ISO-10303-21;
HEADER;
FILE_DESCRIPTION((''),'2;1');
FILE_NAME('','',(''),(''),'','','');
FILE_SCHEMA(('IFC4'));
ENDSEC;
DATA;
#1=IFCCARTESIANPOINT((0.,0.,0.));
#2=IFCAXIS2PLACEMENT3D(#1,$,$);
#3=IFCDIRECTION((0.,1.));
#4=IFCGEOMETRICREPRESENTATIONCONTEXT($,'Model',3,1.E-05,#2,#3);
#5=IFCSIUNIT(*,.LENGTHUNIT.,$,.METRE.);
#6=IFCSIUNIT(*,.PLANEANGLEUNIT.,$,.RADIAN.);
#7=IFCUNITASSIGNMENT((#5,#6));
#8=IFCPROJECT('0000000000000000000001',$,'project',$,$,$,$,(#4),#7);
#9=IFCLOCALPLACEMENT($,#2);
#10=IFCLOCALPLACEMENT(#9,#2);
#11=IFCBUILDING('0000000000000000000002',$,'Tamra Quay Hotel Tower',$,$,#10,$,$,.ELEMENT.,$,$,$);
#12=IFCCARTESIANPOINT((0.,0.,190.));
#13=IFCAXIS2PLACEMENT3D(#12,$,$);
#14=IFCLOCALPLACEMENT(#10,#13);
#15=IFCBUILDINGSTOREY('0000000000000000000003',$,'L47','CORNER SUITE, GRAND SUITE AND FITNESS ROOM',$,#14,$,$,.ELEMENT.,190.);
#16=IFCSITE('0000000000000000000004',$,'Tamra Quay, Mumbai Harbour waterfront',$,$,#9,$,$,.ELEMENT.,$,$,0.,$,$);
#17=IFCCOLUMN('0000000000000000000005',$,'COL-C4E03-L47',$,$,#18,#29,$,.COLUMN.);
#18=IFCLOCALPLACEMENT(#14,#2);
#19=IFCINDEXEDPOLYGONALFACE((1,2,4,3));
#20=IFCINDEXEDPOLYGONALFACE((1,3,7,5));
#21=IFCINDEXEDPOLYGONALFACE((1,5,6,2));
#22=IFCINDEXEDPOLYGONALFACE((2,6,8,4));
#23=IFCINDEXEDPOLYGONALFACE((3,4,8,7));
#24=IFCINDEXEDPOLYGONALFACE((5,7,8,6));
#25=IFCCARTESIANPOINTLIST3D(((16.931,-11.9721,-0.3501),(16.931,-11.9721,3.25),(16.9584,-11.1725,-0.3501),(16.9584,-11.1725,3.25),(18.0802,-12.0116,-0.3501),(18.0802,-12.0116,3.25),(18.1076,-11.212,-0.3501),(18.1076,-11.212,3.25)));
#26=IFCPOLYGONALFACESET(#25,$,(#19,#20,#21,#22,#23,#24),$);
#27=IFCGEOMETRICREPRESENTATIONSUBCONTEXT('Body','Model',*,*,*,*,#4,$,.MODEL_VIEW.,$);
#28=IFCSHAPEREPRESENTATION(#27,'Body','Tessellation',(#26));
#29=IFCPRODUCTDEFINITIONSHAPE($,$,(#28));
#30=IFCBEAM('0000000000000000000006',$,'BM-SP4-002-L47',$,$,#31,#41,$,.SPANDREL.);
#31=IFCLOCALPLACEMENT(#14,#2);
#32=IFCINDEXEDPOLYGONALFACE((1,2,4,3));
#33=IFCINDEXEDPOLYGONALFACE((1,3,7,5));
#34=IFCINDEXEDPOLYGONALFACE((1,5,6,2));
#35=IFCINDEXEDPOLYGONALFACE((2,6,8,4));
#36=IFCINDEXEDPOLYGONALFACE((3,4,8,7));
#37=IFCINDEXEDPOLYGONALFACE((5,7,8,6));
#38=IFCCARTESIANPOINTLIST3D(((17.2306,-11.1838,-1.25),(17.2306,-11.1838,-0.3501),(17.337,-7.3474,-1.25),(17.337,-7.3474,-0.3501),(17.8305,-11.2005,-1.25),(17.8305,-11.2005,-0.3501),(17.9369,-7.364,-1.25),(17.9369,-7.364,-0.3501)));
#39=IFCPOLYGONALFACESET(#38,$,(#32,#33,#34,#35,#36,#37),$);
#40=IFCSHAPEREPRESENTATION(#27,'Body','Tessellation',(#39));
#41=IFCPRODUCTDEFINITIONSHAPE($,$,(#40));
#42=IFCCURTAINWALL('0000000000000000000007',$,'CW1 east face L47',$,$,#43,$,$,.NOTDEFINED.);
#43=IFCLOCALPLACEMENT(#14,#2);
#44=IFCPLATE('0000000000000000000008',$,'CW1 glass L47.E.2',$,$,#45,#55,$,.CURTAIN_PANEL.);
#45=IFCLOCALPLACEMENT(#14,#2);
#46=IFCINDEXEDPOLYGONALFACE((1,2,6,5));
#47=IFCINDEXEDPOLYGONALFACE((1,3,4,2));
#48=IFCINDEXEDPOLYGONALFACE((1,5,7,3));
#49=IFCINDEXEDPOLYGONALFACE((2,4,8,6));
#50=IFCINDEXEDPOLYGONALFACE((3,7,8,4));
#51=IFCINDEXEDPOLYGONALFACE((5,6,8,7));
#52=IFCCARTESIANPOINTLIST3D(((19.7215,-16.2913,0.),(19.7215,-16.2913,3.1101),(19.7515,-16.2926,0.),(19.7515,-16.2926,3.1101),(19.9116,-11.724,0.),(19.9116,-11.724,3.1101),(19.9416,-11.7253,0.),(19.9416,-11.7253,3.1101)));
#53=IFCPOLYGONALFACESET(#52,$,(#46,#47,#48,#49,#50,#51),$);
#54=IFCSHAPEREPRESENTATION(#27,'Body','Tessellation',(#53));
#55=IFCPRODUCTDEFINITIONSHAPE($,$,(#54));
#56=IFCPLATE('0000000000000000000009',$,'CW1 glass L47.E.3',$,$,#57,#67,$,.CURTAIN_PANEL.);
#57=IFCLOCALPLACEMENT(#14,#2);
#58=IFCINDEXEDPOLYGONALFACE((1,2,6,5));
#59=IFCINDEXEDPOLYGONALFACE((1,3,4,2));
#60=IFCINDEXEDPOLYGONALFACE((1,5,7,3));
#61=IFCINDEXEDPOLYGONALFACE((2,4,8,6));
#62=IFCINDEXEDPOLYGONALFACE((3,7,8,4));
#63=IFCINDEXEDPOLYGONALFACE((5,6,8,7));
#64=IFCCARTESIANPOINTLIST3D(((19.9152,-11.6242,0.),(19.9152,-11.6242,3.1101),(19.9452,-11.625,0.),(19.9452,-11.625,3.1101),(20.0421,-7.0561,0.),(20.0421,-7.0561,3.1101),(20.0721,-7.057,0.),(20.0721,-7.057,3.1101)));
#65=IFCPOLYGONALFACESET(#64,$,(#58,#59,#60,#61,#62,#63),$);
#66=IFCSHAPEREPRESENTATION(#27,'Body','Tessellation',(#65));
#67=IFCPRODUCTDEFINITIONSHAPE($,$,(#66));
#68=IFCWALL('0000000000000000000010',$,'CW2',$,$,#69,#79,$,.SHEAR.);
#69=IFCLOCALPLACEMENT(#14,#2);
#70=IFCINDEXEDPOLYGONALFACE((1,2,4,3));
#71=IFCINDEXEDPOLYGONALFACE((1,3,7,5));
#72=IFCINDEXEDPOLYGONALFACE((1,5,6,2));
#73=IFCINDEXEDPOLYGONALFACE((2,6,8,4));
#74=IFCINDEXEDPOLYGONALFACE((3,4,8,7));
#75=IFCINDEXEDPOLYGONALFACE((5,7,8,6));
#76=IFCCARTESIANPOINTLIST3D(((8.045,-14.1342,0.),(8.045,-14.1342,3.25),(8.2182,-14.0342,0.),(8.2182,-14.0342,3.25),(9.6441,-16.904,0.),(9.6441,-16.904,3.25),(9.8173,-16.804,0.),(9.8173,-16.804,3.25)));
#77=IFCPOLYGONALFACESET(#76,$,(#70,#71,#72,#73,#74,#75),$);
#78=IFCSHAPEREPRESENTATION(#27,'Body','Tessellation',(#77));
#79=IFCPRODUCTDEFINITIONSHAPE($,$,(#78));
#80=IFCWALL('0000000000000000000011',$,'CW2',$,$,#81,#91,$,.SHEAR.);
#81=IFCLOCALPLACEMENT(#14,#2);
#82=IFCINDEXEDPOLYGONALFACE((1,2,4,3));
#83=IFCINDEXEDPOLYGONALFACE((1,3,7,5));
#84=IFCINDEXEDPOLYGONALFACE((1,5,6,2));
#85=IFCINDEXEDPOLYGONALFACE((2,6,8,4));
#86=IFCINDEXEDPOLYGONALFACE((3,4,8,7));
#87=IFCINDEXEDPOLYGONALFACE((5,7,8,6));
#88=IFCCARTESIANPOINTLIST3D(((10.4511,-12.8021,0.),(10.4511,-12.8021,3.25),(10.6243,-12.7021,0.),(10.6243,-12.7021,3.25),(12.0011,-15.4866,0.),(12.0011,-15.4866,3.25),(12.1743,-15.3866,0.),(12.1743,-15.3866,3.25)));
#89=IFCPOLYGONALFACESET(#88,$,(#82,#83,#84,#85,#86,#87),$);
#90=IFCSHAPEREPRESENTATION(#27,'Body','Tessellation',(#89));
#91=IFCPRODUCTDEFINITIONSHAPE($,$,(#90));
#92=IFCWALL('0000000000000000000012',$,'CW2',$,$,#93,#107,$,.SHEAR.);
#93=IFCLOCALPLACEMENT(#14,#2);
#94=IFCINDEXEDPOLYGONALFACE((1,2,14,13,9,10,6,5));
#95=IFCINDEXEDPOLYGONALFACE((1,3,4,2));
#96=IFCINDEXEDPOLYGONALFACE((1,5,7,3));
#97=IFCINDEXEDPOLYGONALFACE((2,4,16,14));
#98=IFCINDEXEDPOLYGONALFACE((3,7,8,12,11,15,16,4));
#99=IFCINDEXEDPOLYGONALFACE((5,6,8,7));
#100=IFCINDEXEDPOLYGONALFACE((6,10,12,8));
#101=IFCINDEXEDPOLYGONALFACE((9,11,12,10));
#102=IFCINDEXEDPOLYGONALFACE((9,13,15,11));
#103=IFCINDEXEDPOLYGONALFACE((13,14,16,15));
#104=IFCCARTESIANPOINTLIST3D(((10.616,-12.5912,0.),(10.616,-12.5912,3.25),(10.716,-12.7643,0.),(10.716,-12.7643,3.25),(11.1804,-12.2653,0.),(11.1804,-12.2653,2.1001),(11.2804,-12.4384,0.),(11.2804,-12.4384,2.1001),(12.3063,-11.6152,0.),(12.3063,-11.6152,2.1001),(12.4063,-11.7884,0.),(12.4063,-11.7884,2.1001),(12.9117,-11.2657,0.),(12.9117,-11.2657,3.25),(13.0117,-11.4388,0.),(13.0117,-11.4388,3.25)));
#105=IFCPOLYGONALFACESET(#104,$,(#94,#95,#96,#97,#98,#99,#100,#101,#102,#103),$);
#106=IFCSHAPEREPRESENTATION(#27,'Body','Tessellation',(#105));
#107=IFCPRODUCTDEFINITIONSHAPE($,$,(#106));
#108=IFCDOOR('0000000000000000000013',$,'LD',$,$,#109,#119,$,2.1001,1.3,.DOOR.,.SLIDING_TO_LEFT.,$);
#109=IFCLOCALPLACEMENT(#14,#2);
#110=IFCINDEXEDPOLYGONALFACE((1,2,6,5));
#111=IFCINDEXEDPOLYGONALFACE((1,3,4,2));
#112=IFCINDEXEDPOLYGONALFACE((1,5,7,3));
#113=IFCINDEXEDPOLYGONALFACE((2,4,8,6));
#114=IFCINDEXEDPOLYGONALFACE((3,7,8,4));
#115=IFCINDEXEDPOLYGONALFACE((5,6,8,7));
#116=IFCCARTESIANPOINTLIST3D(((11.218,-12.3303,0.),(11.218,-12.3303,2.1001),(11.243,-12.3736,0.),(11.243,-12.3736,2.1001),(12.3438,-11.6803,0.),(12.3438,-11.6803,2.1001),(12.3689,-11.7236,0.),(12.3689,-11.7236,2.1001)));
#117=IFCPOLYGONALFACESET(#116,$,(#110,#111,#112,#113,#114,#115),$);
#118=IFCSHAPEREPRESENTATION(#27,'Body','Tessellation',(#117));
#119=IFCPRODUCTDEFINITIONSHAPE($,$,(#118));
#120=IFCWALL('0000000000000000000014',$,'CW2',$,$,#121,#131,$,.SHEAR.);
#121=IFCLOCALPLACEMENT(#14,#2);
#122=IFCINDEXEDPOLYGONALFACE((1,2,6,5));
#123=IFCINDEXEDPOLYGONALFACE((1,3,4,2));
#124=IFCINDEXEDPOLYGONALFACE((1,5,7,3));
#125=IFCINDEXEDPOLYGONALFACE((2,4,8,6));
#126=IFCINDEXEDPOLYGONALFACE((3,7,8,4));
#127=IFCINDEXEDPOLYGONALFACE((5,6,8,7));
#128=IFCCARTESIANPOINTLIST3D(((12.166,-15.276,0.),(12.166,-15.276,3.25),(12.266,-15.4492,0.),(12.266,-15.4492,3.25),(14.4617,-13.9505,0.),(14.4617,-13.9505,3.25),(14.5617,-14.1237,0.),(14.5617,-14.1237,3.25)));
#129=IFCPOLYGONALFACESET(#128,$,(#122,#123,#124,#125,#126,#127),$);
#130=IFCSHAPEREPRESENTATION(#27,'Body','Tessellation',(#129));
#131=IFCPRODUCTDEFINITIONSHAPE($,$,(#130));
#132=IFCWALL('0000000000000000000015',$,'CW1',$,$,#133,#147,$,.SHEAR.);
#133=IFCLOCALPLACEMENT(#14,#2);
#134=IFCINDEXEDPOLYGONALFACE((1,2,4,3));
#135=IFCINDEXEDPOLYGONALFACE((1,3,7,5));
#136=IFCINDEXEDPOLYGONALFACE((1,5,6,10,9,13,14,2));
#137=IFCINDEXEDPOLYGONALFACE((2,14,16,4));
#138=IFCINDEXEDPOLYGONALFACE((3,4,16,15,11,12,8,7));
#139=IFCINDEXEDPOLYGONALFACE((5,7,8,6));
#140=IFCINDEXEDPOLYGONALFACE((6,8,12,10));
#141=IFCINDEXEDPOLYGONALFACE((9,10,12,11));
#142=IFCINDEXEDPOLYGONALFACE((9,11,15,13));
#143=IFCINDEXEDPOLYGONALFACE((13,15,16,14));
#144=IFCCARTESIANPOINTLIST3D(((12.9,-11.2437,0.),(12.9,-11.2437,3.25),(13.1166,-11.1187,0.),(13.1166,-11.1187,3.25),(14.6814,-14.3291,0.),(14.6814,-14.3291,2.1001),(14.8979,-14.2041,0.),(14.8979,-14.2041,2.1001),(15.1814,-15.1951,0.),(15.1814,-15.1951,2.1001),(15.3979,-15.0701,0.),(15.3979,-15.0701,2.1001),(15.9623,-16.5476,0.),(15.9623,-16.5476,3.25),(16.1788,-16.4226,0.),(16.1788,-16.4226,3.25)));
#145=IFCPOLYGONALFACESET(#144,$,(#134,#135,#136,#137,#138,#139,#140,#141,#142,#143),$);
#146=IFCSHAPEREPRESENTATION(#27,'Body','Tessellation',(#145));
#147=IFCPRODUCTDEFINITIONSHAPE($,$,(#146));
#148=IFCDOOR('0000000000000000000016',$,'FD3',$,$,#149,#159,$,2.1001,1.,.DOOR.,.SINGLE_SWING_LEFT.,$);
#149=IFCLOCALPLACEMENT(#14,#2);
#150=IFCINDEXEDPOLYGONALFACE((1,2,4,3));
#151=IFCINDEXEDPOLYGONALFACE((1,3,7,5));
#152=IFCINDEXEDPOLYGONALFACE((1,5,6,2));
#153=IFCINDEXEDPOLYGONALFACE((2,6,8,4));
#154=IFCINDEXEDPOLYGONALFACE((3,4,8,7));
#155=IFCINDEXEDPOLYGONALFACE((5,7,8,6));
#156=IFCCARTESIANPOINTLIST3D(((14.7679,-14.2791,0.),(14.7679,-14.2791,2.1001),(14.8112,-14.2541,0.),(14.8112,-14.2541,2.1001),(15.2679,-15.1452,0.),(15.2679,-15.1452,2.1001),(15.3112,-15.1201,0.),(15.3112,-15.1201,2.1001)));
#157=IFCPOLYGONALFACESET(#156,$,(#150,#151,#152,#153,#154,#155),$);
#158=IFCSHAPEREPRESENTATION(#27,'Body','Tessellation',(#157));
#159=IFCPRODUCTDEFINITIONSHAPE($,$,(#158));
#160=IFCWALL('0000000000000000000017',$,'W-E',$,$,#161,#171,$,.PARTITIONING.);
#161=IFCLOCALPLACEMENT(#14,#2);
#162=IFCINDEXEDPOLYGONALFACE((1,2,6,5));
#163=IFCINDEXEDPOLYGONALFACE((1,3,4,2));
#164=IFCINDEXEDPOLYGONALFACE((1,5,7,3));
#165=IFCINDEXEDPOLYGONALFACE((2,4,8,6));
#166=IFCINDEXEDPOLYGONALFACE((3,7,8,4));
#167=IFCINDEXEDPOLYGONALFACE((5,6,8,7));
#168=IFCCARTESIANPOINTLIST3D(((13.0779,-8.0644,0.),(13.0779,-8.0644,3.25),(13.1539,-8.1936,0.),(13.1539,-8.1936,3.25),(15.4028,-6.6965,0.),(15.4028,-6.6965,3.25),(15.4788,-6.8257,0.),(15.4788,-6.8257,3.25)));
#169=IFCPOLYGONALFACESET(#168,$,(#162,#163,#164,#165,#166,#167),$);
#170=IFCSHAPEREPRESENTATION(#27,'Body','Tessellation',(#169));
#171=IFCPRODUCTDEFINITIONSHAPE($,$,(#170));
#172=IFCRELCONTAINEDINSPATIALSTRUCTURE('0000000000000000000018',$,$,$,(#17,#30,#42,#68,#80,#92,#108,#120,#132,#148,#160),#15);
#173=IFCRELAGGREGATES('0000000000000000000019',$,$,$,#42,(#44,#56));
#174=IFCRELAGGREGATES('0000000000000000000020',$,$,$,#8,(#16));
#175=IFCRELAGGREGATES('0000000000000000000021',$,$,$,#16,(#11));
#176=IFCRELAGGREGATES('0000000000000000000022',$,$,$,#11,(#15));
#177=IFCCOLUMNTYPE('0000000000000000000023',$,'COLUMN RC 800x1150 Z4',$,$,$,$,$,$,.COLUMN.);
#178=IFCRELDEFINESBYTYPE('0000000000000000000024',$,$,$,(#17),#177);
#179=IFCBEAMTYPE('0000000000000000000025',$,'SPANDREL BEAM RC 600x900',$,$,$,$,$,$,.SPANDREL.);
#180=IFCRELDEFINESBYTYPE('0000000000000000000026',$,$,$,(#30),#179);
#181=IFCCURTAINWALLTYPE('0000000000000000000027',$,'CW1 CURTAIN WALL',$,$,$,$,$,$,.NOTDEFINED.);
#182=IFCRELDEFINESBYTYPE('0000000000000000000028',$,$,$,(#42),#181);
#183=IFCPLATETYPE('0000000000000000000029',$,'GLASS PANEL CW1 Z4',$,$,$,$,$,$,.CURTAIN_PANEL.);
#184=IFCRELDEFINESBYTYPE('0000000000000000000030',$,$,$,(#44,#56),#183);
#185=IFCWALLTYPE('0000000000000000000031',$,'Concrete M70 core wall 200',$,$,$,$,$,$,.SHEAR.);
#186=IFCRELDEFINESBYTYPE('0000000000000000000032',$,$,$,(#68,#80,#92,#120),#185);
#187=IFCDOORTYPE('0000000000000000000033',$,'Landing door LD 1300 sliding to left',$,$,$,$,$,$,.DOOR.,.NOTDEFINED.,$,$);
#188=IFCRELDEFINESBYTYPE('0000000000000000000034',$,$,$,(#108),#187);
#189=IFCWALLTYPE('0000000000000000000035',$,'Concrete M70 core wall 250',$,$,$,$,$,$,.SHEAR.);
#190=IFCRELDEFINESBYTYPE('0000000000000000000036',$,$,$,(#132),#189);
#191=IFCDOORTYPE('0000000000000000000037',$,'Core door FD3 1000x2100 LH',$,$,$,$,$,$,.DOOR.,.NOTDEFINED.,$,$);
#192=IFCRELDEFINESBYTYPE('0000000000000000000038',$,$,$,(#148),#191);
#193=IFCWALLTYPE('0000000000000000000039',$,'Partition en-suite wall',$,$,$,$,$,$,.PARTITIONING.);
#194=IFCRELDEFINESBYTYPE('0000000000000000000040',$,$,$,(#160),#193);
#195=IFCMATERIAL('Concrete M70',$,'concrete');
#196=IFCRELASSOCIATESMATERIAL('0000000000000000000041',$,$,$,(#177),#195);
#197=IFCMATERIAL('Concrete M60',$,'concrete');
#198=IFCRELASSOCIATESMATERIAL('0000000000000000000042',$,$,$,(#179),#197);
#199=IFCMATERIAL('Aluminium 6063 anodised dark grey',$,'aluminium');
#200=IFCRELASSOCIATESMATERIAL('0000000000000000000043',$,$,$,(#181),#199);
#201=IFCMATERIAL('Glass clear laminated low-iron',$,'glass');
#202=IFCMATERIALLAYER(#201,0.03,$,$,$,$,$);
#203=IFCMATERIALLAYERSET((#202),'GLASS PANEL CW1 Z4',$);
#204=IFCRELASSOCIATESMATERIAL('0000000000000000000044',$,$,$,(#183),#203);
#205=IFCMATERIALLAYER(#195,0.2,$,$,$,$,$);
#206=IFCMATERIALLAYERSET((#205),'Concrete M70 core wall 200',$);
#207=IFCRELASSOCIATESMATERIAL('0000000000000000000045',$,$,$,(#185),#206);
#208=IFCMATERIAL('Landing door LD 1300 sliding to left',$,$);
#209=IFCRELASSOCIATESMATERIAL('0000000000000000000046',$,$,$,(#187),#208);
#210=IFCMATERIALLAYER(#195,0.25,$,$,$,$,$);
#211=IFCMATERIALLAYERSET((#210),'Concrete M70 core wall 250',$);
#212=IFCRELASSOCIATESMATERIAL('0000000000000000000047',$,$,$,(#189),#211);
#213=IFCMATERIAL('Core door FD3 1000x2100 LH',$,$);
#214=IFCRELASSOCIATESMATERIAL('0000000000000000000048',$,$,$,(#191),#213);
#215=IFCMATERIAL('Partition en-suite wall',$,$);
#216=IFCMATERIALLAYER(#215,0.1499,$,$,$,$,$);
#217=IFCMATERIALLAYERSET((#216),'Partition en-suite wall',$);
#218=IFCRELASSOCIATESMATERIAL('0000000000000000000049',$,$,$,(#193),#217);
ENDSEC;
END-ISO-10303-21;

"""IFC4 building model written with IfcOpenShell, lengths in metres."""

from ifc_helpers import new_model, si_unit, direction, frame, frame_2d, origin, origin_2d, place, context, subcontext, project, spatial, rectangle, extrude, material, layer, layer_set, material_profile, profile_set, type_object, element, fill, aggregate, save


model = new_model("IFC4")

# Units and contexts
model_context = context("Model", 3, precision=1e-05, world=origin(), true_north=direction((0.0, 1.0)))
body_context = subcontext(model_context, "Body", "Model", "MODEL_VIEW")
ifc_project = project(units=[si_unit("LENGTHUNIT", "METRE"), si_unit("PLANEANGLEUNIT", "RADIAN")], contexts=[model_context])

# Site, building, storey
site_placement = place(None, origin())
site = spatial("IfcSite", under=ifc_project, at=site_placement, Name="Tamra Quay, Mumbai Harbour waterfront", CompositionType="ELEMENT", RefElevation=0.0)
building_placement = place(site_placement, origin())
building = spatial("IfcBuilding", under=site, at=building_placement, Name="Tamra Quay Hotel Tower", CompositionType="ELEMENT")
storey_placement = place(building_placement, frame((0.0, 0.0, 190.0)))
storey = spatial("IfcBuildingStorey", under=building, at=storey_placement, Name="L47", Description="CORNER SUITE, GRAND SUITE AND FITNESS ROOM", CompositionType="ELEMENT", Elevation=190.0)

# Column
ifc_material_1 = material(Name="Concrete M70", Category="concrete")
ifc_material_profile_1 = material_profile(ifc_material_1, rectangle(XDim=1.1499, YDim=0.8, at=origin_2d()), Name="COLUMN RC 800x1150 Z4")
ifc_profile_set_1 = profile_set([ifc_material_profile_1], Name="Concrete M70")
column_type = type_object("IfcColumnType", Name="COLUMN RC 800x1150 Z4", PredefinedType="COLUMN", material=ifc_profile_set_1)
column_placement = place(storey_placement, frame((17.5193, -11.592, -0.3501), z_axis=(0.0, 0.0, 1.0), x_axis=(-0.999412, 0.034299, 0.0)))
element("IfcColumn", 1, at=column_placement, inside=storey, type_object=column_type, Name="COL-C4E03-L47", PredefinedType="COLUMN", context=body_context, shape_type="SweptSolid", body=[
    extrude(rectangle(XDim=1.1499, YDim=0.8, at=origin_2d()), origin(), (0.0, 0.0, 1.0), 3.6001),
])

# Beam
ifc_material_2 = material(Name="Concrete M60", Category="concrete")
ifc_material_profile_2 = material_profile(ifc_material_2, rectangle(XDim=0.6001, YDim=0.8999, at=origin_2d()), Name="SPANDREL BEAM RC 600x900")
ifc_profile_set_2 = profile_set([ifc_material_profile_2], Name="Concrete M60")
beam_type = type_object("IfcBeamType", Name="SPANDREL BEAM RC 600x900", PredefinedType="SPANDREL", material=ifc_profile_set_2)
beam_placement = place(storey_placement, frame((17.5305, -11.1921, -0.8), z_axis=(0.027735, 0.999615, 0.0), x_axis=(-0.999615, 0.027735, 0.0)))
element("IfcBeam", 2, at=beam_placement, inside=storey, type_object=beam_type, Name="BM-SP4-002-L47", PredefinedType="SPANDREL", context=body_context, shape_type="SweptSolid", body=[
    extrude(rectangle(XDim=0.6001, YDim=0.8999, at=origin_2d()), origin(), (0.0, 0.0, 1.0), 3.8379),
])

# Curtain wall, plates
ifc_material_3 = material(Name="Aluminium 6063 anodised dark grey", Category="aluminium")
curtain_wall_type = type_object("IfcCurtainWallType", Name="CW1 CURTAIN WALL", PredefinedType="NOTDEFINED", material=ifc_material_3)
curtain_wall_placement = place(storey_placement, origin())
curtain_wall = element("IfcCurtainWall", 3, at=curtain_wall_placement, inside=storey, type_object=curtain_wall_type, Name="CW1 east face L47", PredefinedType="NOTDEFINED")
ifc_material_4 = material(Name="Glass clear laminated low-iron", Category="glass")
ifc_layer_1 = layer(ifc_material_4, 0.03)
ifc_layer_set_1 = layer_set([ifc_layer_1], Name="GLASS PANEL CW1 Z4")
plate_type = type_object("IfcPlateType", Name="GLASS PANEL CW1 Z4", PredefinedType="CURTAIN_PANEL", material=ifc_layer_set_1)
plate_1_placement = place(storey_placement, frame((19.8315, -14.0083, 0.0), z_axis=(0.0, 0.0, 1.0), x_axis=(0.041599, 0.999134, 0.0)))
plate_1 = element("IfcPlate", 4, at=plate_1_placement, type_object=plate_type, Name="CW1 glass L47.E.2", PredefinedType="CURTAIN_PANEL", context=body_context, shape_type="SweptSolid", body=[
    extrude(rectangle(XDim=4.5713, YDim=0.03, at=origin_2d()), origin(), (0.0, 0.0, 1.0), 3.1101),
])
plate_2_placement = place(storey_placement, frame((19.9937, -9.3406, 0.0), z_axis=(0.0, 0.0, 1.0), x_axis=(0.027754, 0.999615, 0.0)))
plate_2 = element("IfcPlate", 5, at=plate_2_placement, type_object=plate_type, Name="CW1 glass L47.E.3", PredefinedType="CURTAIN_PANEL", context=body_context, shape_type="SweptSolid", body=[
    extrude(rectangle(XDim=4.5698, YDim=0.03, at=origin_2d()), origin(), (0.0, 0.0, 1.0), 3.1101),
])
aggregate(curtain_wall, [plate_1, plate_2])

# Walls
ifc_layer_2 = layer(ifc_material_1, 0.2)
ifc_layer_set_2 = layer_set([ifc_layer_2], Name="Concrete M70 core wall 200")
wall_type_1 = type_object("IfcWallType", Name="Concrete M70 core wall 200", PredefinedType="SHEAR", material=ifc_layer_set_2)
wall_1_placement = place(storey_placement, frame((8.1316, -14.0842, 0.0), z_axis=(0.0, 0.0, 1.0), x_axis=(0.499998, -0.866027, 0.0)))
element("IfcWall", 6, at=wall_1_placement, inside=storey, type_object=wall_type_1, Name="CW2", PredefinedType="SHEAR", context=body_context, shape_type="SweptSolid", body=[
    extrude(rectangle(XDim=3.1982, YDim=0.2, at=frame_2d((1.5991, 0.0))), origin(), (0.0, 0.0, 1.0), 3.25),
])
wall_2_placement = place(storey_placement, frame((12.0876, -15.4365, 0.0), z_axis=(0.0, 0.0, 1.0), x_axis=(-0.500027, 0.86601, 0.0)))
element("IfcWall", 7, at=wall_2_placement, inside=storey, type_object=wall_type_1, Name="CW2", PredefinedType="SHEAR", context=body_context, shape_type="SweptSolid", body=[
    extrude(rectangle(XDim=3.0999, YDim=0.2, at=frame_2d((1.5498, 0.0))), origin(), (0.0, 0.0, 1.0), 3.25),
])

# Wall, opening, door
wall_3_placement = place(storey_placement, frame((10.666, -12.6777, 0.0), z_axis=(0.0, 0.0, 1.0), x_axis=(0.866018, 0.500012, 0.0)))
wall_3 = element("IfcWall", 8, at=wall_3_placement, inside=storey, type_object=wall_type_1, Name="CW2", PredefinedType="SHEAR", context=body_context, shape_type="SweptSolid", body=[
    extrude(rectangle(XDim=2.6509, YDim=0.2, at=frame_2d((1.3254, 0.0))), origin(), (0.0, 0.0, 1.0), 3.25),
])
opening_1_placement = place(wall_3_placement, frame((0.6519, 0.0, 0.0)))
opening_1 = element("IfcOpeningElement", 9, at=opening_1_placement, cuts=wall_3, PredefinedType="OPENING", context=body_context, shape_type="SweptSolid", body=[
    extrude(rectangle(XDim=1.3, YDim=2.1001, at=frame_2d((0.6499, 1.05))), frame((0.0, 0.1099, 0.0), z_axis=(0.0, -1.0, 0.0), x_axis=(1.0, 0.0, 0.0)), (0.0, 0.0, 1.0), 0.22),
])
ifc_material_5 = material(Name="Landing door LD 1300 sliding to left")
door_type_1 = type_object("IfcDoorType", Name="Landing door LD 1300 sliding to left", OperationType="NOTDEFINED", PredefinedType="DOOR", material=ifc_material_5)
door_1_placement = place(opening_1_placement, origin())
door_1 = element("IfcDoor", 10, at=door_1_placement, inside=storey, type_object=door_type_1, Name="LD", OperationType="SLIDING_TO_LEFT", OverallHeight=2.1001, OverallWidth=1.3, PredefinedType="DOOR", context=body_context, shape_type="SweptSolid", body=[
    extrude(rectangle(XDim=1.3, YDim=2.1001, at=frame_2d((0.6499, 1.05))), frame((0.0, 0.0249, 0.0), z_axis=(0.0, -1.0, 0.0), x_axis=(1.0, 0.0, 0.0)), (0.0, 0.0, 1.0), 0.05),
])
fill(opening_1, door_1)

# Wall
wall_4_placement = place(storey_placement, frame((14.5117, -14.0371, 0.0), z_axis=(0.0, 0.0, 1.0), x_axis=(-0.866018, -0.500012, 0.0)))
element("IfcWall", 11, at=wall_4_placement, inside=storey, type_object=wall_type_1, Name="CW2", PredefinedType="SHEAR", context=body_context, shape_type="SweptSolid", body=[
    extrude(rectangle(XDim=2.6509, YDim=0.2, at=frame_2d((1.3254, 0.0))), origin(), (0.0, 0.0, 1.0), 3.25),
])

# Wall, opening, door
ifc_layer_3 = layer(ifc_material_1, 0.25)
ifc_layer_set_3 = layer_set([ifc_layer_3], Name="Concrete M70 core wall 250")
wall_type_2 = type_object("IfcWallType", Name="Concrete M70 core wall 250", PredefinedType="SHEAR", material=ifc_layer_set_3)
wall_5_placement = place(storey_placement, frame((13.0083, -11.1812, 0.0), z_axis=(0.0, 0.0, 1.0), x_axis=(0.500002, -0.866024, 0.0)))
wall_5 = element("IfcWall", 12, at=wall_5_placement, inside=storey, type_object=wall_type_2, Name="CW1", PredefinedType="SHEAR", context=body_context, shape_type="SweptSolid", body=[
    extrude(rectangle(XDim=6.1245, YDim=0.25, at=frame_2d((3.0623, 0.0))), origin(), (0.0, 0.0, 1.0), 3.25),
])
opening_2_placement = place(wall_5_placement, frame((3.5627, 0.0, 0.0)))
opening_2 = element("IfcOpeningElement", 13, at=opening_2_placement, cuts=wall_5, PredefinedType="OPENING", context=body_context, shape_type="SweptSolid", body=[
    extrude(rectangle(XDim=1.0, YDim=2.1001, at=frame_2d((0.5, 1.05))), frame((0.0, 0.135, 0.0), z_axis=(0.0, -1.0, 0.0), x_axis=(1.0, 0.0, 0.0)), (0.0, 0.0, 1.0), 0.27),
])
ifc_material_6 = material(Name="Core door FD3 1000x2100 LH")
door_type_2 = type_object("IfcDoorType", Name="Core door FD3 1000x2100 LH", OperationType="NOTDEFINED", PredefinedType="DOOR", material=ifc_material_6)
door_2_placement = place(opening_2_placement, origin())
door_2 = element("IfcDoor", 14, at=door_2_placement, inside=storey, type_object=door_type_2, Name="FD3", OperationType="SINGLE_SWING_LEFT", OverallHeight=2.1001, OverallWidth=1.0, PredefinedType="DOOR", context=body_context, shape_type="SweptSolid", body=[
    extrude(rectangle(XDim=1.0, YDim=2.1001, at=frame_2d((0.5, 1.05))), frame((0.0, 0.0249, 0.0), z_axis=(0.0, -1.0, 0.0), x_axis=(1.0, 0.0, 0.0)), (0.0, 0.0, 1.0), 0.05),
])
fill(opening_2, door_2)

# Wall
ifc_material_7 = material(Name="Partition en-suite wall")
ifc_layer_4 = layer(ifc_material_7, 0.1499)
ifc_layer_set_4 = layer_set([ifc_layer_4], Name="Partition en-suite wall")
wall_type_3 = type_object("IfcWallType", Name="Partition en-suite wall", PredefinedType="PARTITIONING", material=ifc_layer_set_4)
wall_6_placement = place(storey_placement, frame((13.116, -8.1289, 0.0), z_axis=(0.0, 0.0, 1.0), x_axis=(0.861885, 0.507103, 0.0)))
element("IfcWall", 15, at=wall_6_placement, inside=storey, type_object=wall_type_3, Name="W-E", PredefinedType="PARTITIONING", context=body_context, shape_type="SweptSolid", body=[
    extrude(rectangle(XDim=2.6975, YDim=0.1499, at=frame_2d((1.3486, 0.0))), origin(), (0.0, 0.0, 1.0), 3.25),
])

save(model, "model.ifc")
